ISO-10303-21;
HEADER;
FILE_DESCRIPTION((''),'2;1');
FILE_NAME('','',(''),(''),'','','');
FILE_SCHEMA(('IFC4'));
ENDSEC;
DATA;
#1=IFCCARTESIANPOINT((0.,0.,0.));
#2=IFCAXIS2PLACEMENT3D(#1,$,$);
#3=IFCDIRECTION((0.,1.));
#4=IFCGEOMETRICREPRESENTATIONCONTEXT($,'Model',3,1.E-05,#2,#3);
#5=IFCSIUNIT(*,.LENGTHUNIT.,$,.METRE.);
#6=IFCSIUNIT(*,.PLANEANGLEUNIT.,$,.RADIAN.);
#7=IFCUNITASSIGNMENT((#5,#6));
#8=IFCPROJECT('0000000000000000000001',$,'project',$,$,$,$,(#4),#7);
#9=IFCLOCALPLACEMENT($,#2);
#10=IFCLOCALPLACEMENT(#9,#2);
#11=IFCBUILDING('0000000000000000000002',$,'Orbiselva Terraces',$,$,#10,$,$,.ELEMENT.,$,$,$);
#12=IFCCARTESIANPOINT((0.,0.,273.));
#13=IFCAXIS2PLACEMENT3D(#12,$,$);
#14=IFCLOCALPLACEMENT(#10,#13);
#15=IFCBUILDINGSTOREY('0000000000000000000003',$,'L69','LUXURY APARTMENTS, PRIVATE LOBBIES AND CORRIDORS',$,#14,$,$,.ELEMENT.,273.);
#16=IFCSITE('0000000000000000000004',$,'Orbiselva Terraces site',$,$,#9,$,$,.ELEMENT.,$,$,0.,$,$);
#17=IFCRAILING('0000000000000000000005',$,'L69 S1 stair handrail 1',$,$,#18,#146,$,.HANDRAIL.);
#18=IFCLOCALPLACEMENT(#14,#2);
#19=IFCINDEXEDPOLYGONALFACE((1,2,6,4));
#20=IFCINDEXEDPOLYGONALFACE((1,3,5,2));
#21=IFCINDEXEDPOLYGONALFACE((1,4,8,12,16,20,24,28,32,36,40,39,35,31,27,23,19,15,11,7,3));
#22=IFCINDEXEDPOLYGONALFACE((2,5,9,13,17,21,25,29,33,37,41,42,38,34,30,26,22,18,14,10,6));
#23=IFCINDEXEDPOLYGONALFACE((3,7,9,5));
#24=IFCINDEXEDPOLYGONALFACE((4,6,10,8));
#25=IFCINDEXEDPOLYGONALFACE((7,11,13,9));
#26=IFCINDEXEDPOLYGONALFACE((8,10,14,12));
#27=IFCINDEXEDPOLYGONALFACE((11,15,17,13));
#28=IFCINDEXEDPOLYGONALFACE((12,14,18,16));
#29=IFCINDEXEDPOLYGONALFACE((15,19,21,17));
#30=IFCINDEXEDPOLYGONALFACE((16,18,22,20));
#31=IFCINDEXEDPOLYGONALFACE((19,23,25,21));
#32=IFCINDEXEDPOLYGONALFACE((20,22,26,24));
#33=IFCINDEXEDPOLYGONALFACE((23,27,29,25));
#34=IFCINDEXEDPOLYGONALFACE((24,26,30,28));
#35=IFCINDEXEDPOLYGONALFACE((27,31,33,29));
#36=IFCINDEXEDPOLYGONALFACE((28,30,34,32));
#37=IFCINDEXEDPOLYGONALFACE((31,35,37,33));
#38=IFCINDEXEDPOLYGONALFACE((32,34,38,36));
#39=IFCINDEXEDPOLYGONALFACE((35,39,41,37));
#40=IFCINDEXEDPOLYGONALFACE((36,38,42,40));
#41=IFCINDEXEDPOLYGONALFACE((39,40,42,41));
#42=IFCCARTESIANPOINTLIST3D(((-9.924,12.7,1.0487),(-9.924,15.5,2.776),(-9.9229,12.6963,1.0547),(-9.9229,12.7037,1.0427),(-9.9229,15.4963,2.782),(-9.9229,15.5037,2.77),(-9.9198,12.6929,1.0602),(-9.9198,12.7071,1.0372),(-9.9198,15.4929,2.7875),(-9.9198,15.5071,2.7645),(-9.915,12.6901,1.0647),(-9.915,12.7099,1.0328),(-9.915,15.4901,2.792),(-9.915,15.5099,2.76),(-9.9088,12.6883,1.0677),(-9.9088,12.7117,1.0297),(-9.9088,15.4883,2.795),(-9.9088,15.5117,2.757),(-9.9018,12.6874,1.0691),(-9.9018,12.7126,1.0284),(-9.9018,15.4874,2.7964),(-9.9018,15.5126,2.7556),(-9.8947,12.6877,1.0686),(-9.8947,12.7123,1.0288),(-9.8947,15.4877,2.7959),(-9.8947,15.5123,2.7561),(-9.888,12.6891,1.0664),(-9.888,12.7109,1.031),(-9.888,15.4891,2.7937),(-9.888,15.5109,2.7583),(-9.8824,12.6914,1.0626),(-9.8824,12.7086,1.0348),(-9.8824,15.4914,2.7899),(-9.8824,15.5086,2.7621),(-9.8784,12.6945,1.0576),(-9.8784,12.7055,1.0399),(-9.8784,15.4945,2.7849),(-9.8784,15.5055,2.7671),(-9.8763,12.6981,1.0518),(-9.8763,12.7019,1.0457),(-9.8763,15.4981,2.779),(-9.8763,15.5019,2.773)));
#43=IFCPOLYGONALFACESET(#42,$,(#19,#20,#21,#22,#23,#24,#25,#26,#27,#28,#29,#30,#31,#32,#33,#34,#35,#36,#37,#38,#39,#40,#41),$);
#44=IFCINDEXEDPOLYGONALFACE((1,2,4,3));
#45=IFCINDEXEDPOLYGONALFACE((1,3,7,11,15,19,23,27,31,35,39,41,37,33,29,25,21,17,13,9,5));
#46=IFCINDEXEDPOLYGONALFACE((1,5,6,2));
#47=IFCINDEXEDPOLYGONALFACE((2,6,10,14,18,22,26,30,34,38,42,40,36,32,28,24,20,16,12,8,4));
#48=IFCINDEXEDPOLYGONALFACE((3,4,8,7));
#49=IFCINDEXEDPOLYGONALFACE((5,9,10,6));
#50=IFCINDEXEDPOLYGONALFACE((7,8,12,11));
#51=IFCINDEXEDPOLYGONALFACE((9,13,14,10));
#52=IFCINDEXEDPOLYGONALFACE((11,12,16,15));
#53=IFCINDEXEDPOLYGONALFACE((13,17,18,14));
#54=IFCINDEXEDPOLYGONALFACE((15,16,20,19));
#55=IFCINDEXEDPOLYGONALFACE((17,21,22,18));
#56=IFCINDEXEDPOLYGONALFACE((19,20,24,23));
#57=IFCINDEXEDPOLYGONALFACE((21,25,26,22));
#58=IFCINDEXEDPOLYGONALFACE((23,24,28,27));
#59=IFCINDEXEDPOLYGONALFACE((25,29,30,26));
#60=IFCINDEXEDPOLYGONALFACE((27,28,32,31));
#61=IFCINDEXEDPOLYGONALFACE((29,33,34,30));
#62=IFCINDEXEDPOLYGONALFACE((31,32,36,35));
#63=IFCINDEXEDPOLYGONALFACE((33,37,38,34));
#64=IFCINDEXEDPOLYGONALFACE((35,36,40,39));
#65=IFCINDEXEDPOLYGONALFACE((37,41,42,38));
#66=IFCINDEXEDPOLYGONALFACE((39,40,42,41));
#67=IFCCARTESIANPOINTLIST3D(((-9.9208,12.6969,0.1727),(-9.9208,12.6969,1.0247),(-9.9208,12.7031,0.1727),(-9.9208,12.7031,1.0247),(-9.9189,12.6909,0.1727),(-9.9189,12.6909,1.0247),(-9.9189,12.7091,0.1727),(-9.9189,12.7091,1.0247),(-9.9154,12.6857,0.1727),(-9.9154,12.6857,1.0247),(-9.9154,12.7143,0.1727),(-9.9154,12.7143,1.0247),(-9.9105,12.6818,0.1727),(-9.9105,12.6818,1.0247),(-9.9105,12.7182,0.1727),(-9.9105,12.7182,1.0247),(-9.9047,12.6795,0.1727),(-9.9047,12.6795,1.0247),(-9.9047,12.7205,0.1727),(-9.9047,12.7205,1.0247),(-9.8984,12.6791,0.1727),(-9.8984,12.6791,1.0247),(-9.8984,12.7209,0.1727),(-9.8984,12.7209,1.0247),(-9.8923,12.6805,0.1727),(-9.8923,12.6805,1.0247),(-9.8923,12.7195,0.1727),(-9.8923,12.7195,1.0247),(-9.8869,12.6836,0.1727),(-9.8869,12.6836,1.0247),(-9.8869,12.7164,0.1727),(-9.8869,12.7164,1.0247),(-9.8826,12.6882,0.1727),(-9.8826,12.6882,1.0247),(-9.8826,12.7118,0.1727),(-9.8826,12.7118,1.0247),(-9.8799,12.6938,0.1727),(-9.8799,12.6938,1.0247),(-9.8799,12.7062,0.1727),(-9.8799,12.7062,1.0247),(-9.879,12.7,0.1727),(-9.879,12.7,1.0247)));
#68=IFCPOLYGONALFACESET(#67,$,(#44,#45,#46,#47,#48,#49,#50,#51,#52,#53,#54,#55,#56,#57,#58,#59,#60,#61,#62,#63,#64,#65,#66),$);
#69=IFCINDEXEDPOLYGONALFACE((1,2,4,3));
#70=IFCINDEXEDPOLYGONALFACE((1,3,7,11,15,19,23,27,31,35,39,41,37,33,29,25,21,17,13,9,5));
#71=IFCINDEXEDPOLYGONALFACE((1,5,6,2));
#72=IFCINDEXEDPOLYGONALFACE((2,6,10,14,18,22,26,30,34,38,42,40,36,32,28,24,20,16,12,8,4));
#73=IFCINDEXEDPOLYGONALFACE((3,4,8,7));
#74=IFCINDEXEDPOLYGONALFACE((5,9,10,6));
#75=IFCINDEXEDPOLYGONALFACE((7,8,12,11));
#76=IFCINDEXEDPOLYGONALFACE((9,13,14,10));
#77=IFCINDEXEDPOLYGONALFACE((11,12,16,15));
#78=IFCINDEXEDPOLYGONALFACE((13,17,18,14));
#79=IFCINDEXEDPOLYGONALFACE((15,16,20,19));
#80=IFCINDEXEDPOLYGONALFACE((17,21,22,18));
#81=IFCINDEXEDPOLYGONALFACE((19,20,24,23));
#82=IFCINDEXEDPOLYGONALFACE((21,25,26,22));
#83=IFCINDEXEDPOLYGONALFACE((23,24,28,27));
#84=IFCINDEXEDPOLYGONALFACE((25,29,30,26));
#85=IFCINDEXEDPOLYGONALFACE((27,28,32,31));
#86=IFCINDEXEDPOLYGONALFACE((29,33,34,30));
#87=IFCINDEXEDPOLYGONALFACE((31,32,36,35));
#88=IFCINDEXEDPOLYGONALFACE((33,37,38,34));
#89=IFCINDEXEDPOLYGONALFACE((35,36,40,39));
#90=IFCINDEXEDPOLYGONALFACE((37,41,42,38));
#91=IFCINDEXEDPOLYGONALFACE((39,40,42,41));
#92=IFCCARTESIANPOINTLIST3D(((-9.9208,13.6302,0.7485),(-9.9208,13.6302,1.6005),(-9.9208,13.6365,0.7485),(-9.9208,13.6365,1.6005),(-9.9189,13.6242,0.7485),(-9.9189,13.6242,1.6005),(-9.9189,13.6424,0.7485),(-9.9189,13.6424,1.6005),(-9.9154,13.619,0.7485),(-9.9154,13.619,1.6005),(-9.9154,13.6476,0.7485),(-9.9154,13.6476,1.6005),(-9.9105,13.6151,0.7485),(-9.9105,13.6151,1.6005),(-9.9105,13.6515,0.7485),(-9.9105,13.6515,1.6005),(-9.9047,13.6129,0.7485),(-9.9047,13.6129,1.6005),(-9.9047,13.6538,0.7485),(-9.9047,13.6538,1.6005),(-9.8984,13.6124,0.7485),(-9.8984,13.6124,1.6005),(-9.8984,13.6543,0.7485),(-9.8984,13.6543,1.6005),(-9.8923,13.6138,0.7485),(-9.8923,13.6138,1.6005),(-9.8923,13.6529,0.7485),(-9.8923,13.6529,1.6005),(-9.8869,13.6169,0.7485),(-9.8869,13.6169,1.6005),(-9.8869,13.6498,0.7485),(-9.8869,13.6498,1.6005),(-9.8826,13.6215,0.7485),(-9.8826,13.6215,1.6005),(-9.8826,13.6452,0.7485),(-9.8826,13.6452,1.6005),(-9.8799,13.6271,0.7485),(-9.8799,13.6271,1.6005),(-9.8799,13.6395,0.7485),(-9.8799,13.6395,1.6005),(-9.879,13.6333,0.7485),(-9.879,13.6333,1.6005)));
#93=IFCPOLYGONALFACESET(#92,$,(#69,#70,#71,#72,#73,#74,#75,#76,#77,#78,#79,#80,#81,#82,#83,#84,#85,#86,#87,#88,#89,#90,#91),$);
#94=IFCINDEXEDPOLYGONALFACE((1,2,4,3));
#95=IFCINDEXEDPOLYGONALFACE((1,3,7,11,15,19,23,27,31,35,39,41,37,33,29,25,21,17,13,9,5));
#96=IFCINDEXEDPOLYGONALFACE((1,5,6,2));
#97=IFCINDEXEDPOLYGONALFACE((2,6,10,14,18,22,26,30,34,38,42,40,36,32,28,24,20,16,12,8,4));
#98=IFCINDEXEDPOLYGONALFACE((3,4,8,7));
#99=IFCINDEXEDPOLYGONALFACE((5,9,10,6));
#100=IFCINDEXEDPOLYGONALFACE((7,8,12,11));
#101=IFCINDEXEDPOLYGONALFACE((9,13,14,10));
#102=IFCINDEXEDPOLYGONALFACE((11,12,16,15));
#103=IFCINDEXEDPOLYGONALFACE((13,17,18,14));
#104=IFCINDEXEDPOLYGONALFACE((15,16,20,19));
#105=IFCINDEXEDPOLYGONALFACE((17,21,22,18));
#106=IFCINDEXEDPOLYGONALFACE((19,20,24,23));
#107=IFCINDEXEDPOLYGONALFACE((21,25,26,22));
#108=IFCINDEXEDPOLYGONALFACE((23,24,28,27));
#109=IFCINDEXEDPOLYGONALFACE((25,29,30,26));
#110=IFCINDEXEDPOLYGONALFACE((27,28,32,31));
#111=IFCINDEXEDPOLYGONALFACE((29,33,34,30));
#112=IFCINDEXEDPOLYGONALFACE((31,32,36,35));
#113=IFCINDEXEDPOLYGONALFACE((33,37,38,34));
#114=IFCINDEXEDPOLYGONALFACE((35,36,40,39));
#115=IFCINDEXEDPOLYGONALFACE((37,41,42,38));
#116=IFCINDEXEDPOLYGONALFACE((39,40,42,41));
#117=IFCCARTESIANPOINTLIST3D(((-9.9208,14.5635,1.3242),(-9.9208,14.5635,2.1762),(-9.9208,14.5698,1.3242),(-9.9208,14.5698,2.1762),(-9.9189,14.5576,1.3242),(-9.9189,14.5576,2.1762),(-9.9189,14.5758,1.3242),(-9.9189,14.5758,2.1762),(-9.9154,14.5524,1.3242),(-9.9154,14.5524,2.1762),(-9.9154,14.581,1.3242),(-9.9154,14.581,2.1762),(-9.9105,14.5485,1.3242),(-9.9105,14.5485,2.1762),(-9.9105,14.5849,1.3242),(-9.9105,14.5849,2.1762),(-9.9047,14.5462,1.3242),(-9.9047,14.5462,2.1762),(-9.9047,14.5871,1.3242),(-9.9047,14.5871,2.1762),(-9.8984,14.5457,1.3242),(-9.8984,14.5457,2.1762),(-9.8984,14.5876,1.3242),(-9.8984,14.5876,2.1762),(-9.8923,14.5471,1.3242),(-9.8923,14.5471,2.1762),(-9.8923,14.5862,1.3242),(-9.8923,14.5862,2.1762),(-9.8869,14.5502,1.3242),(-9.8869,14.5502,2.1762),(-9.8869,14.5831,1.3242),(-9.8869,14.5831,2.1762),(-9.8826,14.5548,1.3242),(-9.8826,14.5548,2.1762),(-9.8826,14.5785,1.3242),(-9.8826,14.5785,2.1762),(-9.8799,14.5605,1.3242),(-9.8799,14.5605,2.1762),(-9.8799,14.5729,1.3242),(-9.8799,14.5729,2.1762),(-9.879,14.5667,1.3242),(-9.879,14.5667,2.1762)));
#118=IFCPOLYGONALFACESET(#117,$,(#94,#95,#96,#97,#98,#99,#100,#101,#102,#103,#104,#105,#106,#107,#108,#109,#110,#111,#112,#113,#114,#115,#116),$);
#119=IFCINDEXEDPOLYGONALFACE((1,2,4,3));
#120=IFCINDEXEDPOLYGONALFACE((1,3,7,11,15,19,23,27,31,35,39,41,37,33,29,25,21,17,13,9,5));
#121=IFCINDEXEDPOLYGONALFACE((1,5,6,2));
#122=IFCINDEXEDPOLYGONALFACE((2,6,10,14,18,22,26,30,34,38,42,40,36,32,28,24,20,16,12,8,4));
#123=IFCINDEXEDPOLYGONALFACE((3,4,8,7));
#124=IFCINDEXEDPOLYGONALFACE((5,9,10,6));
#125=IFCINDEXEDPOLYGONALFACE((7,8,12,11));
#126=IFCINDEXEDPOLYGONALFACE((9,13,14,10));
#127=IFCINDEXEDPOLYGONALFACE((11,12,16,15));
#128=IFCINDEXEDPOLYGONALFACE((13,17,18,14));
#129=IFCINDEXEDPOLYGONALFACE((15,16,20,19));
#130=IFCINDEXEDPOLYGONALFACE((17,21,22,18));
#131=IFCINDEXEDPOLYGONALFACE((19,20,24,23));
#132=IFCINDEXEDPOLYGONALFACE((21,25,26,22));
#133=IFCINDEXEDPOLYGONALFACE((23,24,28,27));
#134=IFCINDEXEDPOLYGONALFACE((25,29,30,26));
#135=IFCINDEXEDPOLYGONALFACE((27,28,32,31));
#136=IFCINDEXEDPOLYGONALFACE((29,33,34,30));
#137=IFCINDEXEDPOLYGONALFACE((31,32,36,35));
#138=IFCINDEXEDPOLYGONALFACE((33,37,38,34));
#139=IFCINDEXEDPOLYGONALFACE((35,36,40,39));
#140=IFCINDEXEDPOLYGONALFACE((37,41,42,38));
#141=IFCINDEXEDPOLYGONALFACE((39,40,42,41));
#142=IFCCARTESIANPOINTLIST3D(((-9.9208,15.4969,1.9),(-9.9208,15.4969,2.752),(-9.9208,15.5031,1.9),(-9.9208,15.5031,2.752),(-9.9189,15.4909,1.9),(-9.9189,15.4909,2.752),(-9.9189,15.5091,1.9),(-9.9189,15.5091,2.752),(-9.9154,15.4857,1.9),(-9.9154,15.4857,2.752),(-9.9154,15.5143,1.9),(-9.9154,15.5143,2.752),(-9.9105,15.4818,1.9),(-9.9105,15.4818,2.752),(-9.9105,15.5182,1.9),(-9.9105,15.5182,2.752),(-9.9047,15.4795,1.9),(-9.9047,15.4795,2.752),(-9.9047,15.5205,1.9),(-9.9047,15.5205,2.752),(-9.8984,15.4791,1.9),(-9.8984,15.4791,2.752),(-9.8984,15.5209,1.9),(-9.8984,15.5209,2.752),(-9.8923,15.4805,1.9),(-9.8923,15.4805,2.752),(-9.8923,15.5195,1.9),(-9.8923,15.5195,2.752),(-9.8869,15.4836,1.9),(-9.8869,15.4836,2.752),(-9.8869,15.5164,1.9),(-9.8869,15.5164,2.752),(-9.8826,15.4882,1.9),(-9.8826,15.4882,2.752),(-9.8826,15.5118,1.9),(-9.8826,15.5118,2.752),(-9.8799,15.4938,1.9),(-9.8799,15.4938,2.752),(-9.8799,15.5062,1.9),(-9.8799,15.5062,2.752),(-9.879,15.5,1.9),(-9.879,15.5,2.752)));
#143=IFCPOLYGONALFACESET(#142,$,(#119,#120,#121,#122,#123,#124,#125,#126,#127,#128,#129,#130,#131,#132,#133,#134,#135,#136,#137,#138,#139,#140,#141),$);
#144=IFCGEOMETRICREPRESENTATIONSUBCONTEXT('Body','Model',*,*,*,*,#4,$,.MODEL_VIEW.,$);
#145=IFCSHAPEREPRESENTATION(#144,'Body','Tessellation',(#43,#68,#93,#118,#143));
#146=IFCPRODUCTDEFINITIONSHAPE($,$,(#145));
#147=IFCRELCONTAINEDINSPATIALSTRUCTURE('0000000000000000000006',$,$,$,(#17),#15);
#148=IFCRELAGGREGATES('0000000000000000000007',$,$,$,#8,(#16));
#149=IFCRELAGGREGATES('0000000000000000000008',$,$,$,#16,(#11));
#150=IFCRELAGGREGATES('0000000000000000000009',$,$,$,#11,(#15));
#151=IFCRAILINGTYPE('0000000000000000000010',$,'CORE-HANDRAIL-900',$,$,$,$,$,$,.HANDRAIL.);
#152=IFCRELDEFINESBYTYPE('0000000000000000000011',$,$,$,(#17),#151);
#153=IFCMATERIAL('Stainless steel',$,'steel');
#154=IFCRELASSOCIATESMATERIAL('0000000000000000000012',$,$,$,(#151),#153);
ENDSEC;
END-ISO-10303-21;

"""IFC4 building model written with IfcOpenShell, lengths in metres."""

from ifc_helpers import new_model, si_unit, direction, frame, origin, origin_2d, place, context, subcontext, project, spatial, circle, extrude, material, type_object, element, save


model = new_model("IFC4")

# Units and contexts
model_context = context("Model", 3, precision=1e-05, world=origin(), true_north=direction((0.0, 1.0)))
body_context = subcontext(model_context, "Body", "Model", "MODEL_VIEW")
ifc_project = project(units=[si_unit("LENGTHUNIT", "METRE"), si_unit("PLANEANGLEUNIT", "RADIAN")], contexts=[model_context])

# Site, building, storey
site_placement = place(None, origin())
site = spatial("IfcSite", under=ifc_project, at=site_placement, Name="Orbiselva Terraces site", CompositionType="ELEMENT", RefElevation=0.0)
building_placement = place(site_placement, origin())
building = spatial("IfcBuilding", under=site, at=building_placement, Name="Orbiselva Terraces", CompositionType="ELEMENT")
storey_placement = place(building_placement, frame((0.0, 0.0, 273.0)))
storey = spatial("IfcBuildingStorey", under=building, at=storey_placement, Name="L69", Description="LUXURY APARTMENTS, PRIVATE LOBBIES AND CORRIDORS", CompositionType="ELEMENT", Elevation=273.0)

# Railing
ifc_material_1 = material(Name="Stainless steel", Category="steel")
railing_type = type_object("IfcRailingType", Name="CORE-HANDRAIL-900", PredefinedType="HANDRAIL", material=ifc_material_1)
railing_1_placement = place(storey_placement, frame((-9.9, 12.7, 0.1727)))
element("IfcRailing", 1, at=railing_1_placement, inside=storey, type_object=railing_type, Name="L69 S1 stair handrail 1", PredefinedType="HANDRAIL", context=body_context, shape_type="SweptSolid", body=[
    extrude(circle(Radius=0.024, at=origin_2d()), frame((0.0, 0.0, 0.876), z_axis=(0.0, 0.851089, 0.525022), x_axis=(-1.0, 0.0, 0.0)), (0.0, 0.0, 1.0), 3.2899),
    extrude(circle(Radius=0.021, at=origin_2d()), origin(), (0.0, 0.0, 1.0), 0.852),
    extrude(circle(Radius=0.021, at=origin_2d()), frame((0.0, 0.9333, 0.5758)), (0.0, 0.0, 1.0), 0.852),
    extrude(circle(Radius=0.021, at=origin_2d()), frame((0.0, 1.8667, 1.1515)), (0.0, 0.0, 1.0), 0.852),
    extrude(circle(Radius=0.021, at=origin_2d()), frame((0.0, 2.8, 1.7273)), (0.0, 0.0, 1.0), 0.852),
])

save(model, "model.ifc")
